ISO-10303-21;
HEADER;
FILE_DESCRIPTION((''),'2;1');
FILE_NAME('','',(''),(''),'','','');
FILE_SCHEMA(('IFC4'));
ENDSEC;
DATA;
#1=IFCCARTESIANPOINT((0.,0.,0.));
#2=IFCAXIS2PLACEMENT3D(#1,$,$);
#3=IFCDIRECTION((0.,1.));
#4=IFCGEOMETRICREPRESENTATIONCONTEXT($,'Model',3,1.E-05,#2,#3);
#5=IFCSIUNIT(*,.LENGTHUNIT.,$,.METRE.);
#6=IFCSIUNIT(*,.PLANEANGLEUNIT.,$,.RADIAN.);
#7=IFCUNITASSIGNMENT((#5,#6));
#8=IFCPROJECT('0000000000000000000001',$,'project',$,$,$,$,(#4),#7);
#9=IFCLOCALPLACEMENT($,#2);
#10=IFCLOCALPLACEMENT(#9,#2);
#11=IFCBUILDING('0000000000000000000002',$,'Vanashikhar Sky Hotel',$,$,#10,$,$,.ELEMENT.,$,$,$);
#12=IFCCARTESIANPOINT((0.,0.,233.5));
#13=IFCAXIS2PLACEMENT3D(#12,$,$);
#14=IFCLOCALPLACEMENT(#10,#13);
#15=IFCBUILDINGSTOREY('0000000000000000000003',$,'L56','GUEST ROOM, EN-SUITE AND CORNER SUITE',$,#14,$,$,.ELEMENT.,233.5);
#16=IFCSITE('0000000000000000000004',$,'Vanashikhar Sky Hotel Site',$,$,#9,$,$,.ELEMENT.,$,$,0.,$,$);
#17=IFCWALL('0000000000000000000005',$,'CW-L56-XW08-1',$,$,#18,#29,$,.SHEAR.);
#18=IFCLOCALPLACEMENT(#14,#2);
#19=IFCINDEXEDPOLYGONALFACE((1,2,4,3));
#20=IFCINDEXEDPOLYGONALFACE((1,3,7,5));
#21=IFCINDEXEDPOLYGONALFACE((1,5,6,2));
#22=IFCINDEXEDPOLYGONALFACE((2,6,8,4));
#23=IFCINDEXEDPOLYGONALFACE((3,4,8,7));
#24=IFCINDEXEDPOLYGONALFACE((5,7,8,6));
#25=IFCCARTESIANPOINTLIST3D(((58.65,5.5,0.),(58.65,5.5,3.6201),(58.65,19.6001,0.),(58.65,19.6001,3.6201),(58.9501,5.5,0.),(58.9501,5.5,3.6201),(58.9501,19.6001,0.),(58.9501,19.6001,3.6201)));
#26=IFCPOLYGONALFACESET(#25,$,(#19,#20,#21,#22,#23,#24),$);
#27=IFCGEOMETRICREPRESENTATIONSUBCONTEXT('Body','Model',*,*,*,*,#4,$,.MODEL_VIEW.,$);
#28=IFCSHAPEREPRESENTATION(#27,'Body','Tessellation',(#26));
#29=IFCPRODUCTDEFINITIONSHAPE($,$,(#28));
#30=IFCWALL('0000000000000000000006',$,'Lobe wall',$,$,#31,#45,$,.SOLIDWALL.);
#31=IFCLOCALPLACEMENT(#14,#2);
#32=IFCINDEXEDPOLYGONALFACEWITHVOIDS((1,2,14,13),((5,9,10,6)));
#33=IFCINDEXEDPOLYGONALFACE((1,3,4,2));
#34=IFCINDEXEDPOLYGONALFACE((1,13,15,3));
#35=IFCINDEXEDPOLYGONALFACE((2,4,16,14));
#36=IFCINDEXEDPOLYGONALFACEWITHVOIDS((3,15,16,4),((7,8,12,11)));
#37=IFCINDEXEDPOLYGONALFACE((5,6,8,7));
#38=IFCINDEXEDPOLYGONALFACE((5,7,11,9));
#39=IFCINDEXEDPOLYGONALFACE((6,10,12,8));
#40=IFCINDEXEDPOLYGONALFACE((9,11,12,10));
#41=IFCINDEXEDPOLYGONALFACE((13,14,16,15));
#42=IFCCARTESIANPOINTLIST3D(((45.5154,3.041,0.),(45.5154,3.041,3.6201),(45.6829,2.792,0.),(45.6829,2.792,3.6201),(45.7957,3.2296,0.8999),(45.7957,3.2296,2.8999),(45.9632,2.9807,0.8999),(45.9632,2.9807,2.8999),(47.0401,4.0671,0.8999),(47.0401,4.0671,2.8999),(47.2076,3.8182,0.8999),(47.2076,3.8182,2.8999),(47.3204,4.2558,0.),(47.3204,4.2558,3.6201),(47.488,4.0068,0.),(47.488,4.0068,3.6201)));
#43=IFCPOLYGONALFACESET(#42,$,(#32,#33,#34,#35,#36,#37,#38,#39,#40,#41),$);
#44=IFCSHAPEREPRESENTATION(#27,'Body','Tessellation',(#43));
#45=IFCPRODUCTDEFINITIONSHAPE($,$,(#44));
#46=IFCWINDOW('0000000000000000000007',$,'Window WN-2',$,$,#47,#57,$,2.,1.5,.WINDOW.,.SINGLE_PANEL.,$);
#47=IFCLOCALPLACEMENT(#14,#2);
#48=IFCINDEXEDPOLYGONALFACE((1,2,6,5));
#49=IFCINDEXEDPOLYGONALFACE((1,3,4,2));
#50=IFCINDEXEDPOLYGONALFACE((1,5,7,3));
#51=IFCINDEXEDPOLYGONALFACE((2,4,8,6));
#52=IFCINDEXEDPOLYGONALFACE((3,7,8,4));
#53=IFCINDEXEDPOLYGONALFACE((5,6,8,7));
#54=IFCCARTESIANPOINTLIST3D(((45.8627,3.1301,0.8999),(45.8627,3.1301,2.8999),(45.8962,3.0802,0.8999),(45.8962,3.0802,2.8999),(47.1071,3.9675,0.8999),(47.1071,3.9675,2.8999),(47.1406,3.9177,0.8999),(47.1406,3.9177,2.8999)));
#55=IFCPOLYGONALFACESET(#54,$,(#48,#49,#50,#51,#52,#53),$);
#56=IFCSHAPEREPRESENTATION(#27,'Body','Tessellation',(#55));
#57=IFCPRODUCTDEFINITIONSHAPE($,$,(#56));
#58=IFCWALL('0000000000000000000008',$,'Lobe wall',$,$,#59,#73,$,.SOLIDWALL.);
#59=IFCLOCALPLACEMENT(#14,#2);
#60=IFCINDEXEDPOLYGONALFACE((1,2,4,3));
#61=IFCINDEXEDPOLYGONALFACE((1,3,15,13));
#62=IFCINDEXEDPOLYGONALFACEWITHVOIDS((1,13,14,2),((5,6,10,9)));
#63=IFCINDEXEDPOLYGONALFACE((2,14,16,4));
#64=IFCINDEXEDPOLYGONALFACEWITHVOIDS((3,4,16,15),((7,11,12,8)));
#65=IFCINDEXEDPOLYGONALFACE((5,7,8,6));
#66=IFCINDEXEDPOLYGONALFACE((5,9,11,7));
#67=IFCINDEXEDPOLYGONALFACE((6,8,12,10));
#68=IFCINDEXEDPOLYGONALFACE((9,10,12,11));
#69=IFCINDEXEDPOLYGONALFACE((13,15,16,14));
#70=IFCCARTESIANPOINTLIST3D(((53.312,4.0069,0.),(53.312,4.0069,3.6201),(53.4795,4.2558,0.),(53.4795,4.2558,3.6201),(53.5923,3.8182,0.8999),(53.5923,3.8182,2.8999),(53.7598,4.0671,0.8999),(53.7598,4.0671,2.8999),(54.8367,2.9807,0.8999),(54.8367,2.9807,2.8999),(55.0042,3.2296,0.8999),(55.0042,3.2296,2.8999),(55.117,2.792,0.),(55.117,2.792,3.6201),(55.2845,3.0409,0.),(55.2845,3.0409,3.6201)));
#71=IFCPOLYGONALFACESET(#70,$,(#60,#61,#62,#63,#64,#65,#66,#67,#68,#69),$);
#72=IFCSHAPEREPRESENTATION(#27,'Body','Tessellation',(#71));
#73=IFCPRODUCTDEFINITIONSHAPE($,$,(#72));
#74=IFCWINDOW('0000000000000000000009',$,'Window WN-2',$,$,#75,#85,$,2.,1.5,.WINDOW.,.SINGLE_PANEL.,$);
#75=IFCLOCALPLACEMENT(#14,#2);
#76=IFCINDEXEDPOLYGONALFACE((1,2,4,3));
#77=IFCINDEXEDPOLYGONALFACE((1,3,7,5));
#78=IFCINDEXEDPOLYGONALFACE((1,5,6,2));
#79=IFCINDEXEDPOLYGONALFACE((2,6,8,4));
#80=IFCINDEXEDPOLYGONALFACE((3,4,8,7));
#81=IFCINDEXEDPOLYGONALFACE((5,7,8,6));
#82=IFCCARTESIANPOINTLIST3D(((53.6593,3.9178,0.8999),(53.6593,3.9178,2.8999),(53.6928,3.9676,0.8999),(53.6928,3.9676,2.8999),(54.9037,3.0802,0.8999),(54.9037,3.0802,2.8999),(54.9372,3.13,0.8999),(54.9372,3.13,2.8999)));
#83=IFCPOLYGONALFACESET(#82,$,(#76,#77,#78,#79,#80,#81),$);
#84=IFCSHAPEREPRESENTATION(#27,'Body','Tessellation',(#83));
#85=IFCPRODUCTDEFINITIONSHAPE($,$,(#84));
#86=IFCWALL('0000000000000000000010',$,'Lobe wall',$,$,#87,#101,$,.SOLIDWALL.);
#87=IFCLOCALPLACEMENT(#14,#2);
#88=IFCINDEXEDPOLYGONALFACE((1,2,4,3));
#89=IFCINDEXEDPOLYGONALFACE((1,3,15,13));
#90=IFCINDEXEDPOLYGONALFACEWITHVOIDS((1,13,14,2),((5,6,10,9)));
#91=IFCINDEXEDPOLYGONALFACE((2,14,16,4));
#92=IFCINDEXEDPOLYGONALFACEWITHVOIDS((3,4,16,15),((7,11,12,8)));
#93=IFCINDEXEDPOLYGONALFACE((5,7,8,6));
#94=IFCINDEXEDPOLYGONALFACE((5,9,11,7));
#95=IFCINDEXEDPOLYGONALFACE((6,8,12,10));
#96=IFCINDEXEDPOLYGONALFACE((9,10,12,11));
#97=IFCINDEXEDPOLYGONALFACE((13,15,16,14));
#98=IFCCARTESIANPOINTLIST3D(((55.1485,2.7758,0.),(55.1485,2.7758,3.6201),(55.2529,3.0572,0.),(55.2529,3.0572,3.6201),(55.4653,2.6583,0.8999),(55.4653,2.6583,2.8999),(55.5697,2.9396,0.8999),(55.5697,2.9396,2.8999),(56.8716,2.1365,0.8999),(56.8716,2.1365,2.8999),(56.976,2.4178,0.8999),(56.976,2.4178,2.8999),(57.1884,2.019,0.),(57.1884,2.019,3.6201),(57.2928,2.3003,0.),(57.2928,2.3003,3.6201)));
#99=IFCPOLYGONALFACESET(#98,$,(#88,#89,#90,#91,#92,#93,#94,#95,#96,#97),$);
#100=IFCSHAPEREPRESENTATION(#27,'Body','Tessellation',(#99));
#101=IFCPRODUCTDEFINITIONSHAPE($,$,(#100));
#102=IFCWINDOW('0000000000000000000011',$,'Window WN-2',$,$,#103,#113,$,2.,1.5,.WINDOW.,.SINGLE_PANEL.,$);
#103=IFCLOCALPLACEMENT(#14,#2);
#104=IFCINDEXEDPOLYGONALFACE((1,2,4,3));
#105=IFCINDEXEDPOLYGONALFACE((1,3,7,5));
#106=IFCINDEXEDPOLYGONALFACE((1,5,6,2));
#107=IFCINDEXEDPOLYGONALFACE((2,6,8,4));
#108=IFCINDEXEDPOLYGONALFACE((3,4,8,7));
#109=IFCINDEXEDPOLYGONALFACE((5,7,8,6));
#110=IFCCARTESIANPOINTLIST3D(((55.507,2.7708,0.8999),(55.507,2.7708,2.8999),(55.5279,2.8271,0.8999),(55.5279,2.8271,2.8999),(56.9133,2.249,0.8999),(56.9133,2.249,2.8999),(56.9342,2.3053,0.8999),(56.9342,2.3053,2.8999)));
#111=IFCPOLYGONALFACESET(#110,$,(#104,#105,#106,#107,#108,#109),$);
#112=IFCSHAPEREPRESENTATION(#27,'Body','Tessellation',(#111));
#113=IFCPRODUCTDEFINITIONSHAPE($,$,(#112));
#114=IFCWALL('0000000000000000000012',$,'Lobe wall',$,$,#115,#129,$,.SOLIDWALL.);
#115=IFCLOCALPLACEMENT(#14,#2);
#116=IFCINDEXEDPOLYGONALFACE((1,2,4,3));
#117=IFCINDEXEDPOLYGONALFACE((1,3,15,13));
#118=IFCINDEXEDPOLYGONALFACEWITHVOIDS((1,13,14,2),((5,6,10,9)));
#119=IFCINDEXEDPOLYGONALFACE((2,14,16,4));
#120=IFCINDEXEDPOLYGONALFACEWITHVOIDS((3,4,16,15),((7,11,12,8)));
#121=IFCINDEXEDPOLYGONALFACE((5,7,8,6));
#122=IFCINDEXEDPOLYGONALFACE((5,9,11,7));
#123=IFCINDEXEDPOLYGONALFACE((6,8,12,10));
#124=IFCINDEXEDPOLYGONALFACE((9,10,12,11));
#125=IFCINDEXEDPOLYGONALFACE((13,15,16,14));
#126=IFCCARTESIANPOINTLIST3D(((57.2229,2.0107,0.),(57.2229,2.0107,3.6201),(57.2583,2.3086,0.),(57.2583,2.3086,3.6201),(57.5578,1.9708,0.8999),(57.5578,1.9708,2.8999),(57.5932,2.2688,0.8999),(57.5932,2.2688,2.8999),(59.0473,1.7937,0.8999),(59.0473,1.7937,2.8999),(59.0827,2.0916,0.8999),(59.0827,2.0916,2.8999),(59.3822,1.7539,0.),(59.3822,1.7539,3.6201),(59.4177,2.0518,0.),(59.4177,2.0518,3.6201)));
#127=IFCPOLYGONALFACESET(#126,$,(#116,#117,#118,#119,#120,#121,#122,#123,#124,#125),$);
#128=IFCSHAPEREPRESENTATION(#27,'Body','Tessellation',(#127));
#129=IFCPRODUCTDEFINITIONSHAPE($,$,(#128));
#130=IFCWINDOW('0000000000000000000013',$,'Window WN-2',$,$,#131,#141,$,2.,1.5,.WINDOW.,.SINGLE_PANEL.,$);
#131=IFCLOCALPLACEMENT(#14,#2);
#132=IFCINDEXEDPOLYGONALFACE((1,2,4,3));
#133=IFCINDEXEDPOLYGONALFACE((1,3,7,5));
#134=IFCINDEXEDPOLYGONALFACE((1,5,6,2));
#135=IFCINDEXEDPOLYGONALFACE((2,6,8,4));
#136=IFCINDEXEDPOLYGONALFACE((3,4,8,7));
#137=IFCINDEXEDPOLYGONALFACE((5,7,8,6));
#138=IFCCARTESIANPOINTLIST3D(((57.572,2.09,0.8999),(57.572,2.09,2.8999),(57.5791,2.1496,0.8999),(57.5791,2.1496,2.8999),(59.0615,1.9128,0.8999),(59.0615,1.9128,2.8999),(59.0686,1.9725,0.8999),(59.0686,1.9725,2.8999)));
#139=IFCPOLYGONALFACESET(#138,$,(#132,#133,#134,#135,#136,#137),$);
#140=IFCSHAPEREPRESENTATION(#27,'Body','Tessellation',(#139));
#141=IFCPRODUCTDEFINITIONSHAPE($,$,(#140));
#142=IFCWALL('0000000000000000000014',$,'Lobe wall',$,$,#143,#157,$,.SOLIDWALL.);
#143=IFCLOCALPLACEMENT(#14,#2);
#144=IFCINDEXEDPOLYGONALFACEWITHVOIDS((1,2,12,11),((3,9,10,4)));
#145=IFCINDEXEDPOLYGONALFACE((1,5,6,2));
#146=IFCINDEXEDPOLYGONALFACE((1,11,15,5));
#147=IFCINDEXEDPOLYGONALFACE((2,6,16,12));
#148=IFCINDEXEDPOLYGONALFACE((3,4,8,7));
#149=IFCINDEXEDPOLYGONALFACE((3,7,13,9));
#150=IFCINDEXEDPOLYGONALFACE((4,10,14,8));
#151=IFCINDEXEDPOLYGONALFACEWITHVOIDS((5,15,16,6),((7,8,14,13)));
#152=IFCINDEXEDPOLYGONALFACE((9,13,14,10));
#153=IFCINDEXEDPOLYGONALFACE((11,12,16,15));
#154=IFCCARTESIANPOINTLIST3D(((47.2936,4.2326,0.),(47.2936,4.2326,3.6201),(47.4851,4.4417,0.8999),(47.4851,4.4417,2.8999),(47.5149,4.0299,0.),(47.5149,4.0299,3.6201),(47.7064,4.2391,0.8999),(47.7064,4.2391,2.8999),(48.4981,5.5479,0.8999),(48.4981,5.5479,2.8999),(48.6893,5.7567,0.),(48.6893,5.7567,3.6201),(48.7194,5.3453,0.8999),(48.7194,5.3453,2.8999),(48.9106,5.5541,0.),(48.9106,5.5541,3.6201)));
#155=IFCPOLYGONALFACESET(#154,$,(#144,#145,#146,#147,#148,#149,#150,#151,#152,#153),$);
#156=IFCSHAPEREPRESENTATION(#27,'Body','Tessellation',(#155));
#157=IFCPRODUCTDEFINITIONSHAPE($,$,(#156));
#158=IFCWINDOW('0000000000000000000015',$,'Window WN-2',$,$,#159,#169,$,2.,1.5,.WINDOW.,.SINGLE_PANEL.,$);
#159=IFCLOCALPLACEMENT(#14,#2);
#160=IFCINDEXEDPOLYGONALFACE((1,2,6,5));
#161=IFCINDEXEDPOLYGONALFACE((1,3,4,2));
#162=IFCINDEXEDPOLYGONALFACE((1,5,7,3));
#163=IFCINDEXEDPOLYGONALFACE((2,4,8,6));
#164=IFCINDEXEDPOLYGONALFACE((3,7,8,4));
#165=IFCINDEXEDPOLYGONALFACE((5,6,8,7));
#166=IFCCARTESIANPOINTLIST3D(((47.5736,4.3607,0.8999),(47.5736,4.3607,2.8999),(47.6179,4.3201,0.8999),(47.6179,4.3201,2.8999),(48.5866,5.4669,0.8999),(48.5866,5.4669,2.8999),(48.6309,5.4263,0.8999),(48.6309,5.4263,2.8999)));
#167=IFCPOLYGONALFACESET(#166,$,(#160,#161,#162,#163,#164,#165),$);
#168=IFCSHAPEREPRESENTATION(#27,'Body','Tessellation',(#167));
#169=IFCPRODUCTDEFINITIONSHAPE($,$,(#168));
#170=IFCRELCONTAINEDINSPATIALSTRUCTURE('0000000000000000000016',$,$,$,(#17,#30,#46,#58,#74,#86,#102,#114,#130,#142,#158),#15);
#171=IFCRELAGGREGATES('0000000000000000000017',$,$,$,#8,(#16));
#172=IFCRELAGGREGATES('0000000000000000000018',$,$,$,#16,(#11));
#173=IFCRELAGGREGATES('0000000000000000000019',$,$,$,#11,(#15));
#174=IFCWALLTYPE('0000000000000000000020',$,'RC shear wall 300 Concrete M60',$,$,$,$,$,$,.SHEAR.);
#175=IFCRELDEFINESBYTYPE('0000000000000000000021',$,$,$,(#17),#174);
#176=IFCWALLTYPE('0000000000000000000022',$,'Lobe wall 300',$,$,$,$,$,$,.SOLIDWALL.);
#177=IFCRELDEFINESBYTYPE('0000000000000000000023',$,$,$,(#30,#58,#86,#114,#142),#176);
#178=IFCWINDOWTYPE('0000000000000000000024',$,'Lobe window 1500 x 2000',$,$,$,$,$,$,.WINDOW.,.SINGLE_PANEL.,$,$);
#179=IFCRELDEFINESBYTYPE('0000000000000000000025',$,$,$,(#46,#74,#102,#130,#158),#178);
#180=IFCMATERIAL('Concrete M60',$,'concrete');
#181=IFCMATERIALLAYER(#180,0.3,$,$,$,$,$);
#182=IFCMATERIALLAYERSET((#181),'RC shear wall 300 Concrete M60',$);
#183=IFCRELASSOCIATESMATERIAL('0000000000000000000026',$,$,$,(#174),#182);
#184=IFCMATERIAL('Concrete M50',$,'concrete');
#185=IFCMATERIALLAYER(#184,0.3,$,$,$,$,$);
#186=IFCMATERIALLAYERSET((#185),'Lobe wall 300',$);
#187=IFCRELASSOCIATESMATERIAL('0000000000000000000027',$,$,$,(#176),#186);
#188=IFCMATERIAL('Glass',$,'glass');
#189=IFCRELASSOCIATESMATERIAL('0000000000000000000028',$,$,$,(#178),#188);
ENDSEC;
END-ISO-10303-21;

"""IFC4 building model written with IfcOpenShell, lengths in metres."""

from ifc_helpers import new_model, si_unit, direction, frame, frame_2d, origin, place, context, subcontext, project, spatial, rectangle, extrude, source, transform, mapped, material, layer, layer_set, type_object, element, fill, save


model = new_model("IFC4")

# Units and contexts
model_context = context("Model", 3, precision=1e-05, world=origin(), true_north=direction((0.0, 1.0)))
body_context = subcontext(model_context, "Body", "Model", "MODEL_VIEW")
ifc_project = project(units=[si_unit("LENGTHUNIT", "METRE"), si_unit("PLANEANGLEUNIT", "RADIAN")], contexts=[model_context])

# Site, building, storey
site_placement = place(None, origin())
site = spatial("IfcSite", under=ifc_project, at=site_placement, Name="Vanashikhar Sky Hotel Site", CompositionType="ELEMENT", RefElevation=0.0)
building_placement = place(site_placement, origin())
building = spatial("IfcBuilding", under=site, at=building_placement, Name="Vanashikhar Sky Hotel", CompositionType="ELEMENT")
storey_placement = place(building_placement, frame((0.0, 0.0, 233.5)))
storey = spatial("IfcBuildingStorey", under=building, at=storey_placement, Name="L56", Description="GUEST ROOM, EN-SUITE AND CORNER SUITE", CompositionType="ELEMENT", Elevation=233.5)

# Wall
ifc_material_1 = material(Name="Concrete M60", Category="concrete")
ifc_layer_1 = layer(ifc_material_1, 0.3)
ifc_layer_set_1 = layer_set([ifc_layer_1], Name="RC shear wall 300 Concrete M60")
wall_type_1 = type_object("IfcWallType", Name="RC shear wall 300 Concrete M60", PredefinedType="SHEAR", material=ifc_layer_set_1)
shared_shape_1 = source(origin(), body_context, "Body", "SweptSolid", [
    extrude(rectangle(XDim=14.1001, YDim=0.3, at=frame_2d((7.05, 0.0))), origin(), (0.0, 0.0, 1.0), 3.6201),
])
wall_1_placement = place(storey_placement, frame((58.8, 5.5, 0.0), z_axis=(0.0, 0.0, 1.0), x_axis=(0.0, 1.0, 0.0)))
element("IfcWall", 1, at=wall_1_placement, inside=storey, type_object=wall_type_1, Name="CW-L56-XW08-1", PredefinedType="SHEAR", context=body_context, shape_type="MappedRepresentation", body=[
    mapped(shared_shape_1, transform((0.0, 0.0, 0.0), scale=1.0)),
])

# Walls, openings, windows
ifc_material_2 = material(Name="Concrete M50", Category="concrete")
ifc_layer_2 = layer(ifc_material_2, 0.3)
ifc_layer_set_2 = layer_set([ifc_layer_2], Name="Lobe wall 300")
wall_type_2 = type_object("IfcWallType", Name="Lobe wall 300", PredefinedType="SOLIDWALL", material=ifc_layer_set_2)
shared_shape_2 = source(origin(), body_context, "Body", "SweptSolid", [
    extrude(rectangle(XDim=2.1758, YDim=0.3, at=frame_2d((1.0879, 0.0))), origin(), (0.0, 0.0, 1.0), 3.6201),
])
wall_2_placement = place(storey_placement, frame((45.5991, 2.9165, 0.0), z_axis=(0.0, 0.0, 1.0), x_axis=(0.829626, 0.55832, 0.0)))
wall_2 = element("IfcWall", 2, at=wall_2_placement, inside=storey, type_object=wall_type_2, Name="Lobe wall", PredefinedType="SOLIDWALL", context=body_context, shape_type="MappedRepresentation", body=[
    mapped(shared_shape_2, transform((0.0, 0.0, 0.0), scale=1.0)),
])
shared_shape_3 = source(origin(), body_context, "Body", "SweptSolid", [
    extrude(rectangle(XDim=1.5, YDim=2.0, at=frame_2d((0.75, 1.0))), frame((0.0, 0.1602, 0.0), z_axis=(0.0, -1.0, 0.0), x_axis=(1.0, 0.0, 0.0)), (0.0, 0.0, 1.0), 0.3201),
])
opening_1_placement = place(wall_2_placement, frame((0.3379, 0.0, 0.8999)))
opening_1 = element("IfcOpeningElement", 3, at=opening_1_placement, cuts=wall_2, PredefinedType="OPENING", context=body_context, shape_type="MappedRepresentation", body=[
    mapped(shared_shape_3, transform((0.0, 0.0, 0.0), scale=1.0)),
])
ifc_material_3 = material(Name="Glass", Category="glass")
window_type = type_object("IfcWindowType", Name="Lobe window 1500 x 2000", PartitioningType="SINGLE_PANEL", PredefinedType="WINDOW", material=ifc_material_3)
shared_shape_4 = source(origin(), body_context, "Body", "SweptSolid", [
    extrude(rectangle(XDim=1.5, YDim=2.0, at=frame_2d((0.75, 1.0))), frame((0.0, 0.03, 0.0), z_axis=(0.0, -1.0, 0.0), x_axis=(1.0, 0.0, 0.0)), (0.0, 0.0, 1.0), 0.0601),
])
window_1_placement = place(opening_1_placement, origin())
window_1 = element("IfcWindow", 4, at=window_1_placement, inside=storey, type_object=window_type, Name="Window WN-2", OverallHeight=2.0, OverallWidth=1.5, PartitioningType="SINGLE_PANEL", PredefinedType="WINDOW", context=body_context, shape_type="MappedRepresentation", body=[
    mapped(shared_shape_4, transform((0.0, 0.0, 0.0), scale=1.0)),
])
fill(opening_1, window_1)
wall_3_placement = place(storey_placement, frame((53.3958, 4.1313, 0.0), z_axis=(0.0, 0.0, 1.0), x_axis=(0.829591, -0.558372, 0.0)))
wall_3 = element("IfcWall", 5, at=wall_3_placement, inside=storey, type_object=wall_type_2, Name="Lobe wall", PredefinedType="SOLIDWALL", context=body_context, shape_type="MappedRepresentation", body=[
    mapped(shared_shape_2, transform((0.0, 0.0, 0.0), scale=1.0)),
])
opening_2_placement = place(wall_3_placement, frame((0.3379, 0.0, 0.8999)))
opening_2 = element("IfcOpeningElement", 6, at=opening_2_placement, cuts=wall_3, PredefinedType="OPENING", context=body_context, shape_type="MappedRepresentation", body=[
    mapped(shared_shape_3, transform((0.0, 0.0, 0.0), scale=1.0)),
])
window_2_placement = place(opening_2_placement, origin())
window_2 = element("IfcWindow", 7, at=window_2_placement, inside=storey, type_object=window_type, Name="Window WN-2", OverallHeight=2.0, OverallWidth=1.5, PartitioningType="SINGLE_PANEL", PredefinedType="WINDOW", context=body_context, shape_type="MappedRepresentation", body=[
    mapped(shared_shape_4, transform((0.0, 0.0, 0.0), scale=1.0)),
])
fill(opening_2, window_2)
wall_4_placement = place(storey_placement, frame((55.2007, 2.9165, 0.0), z_axis=(0.0, 0.0, 1.0), x_axis=(0.937546, -0.347863, 0.0)))
wall_4 = element("IfcWall", 8, at=wall_4_placement, inside=storey, type_object=wall_type_2, Name="Lobe wall", PredefinedType="SOLIDWALL", context=body_context, shape_type="MappedRepresentation", body=[
    mapped(shared_shape_2, transform((0.0, 0.0, 0.0), scale=1.0)),
])
opening_3_placement = place(wall_4_placement, frame((0.3379, 0.0, 0.8999)))
opening_3 = element("IfcOpeningElement", 9, at=opening_3_placement, cuts=wall_4, PredefinedType="OPENING", context=body_context, shape_type="MappedRepresentation", body=[
    mapped(shared_shape_3, transform((0.0, 0.0, 0.0), scale=1.0)),
])
window_3_placement = place(opening_3_placement, origin())
window_3 = element("IfcWindow", 10, at=window_3_placement, inside=storey, type_object=window_type, Name="Window WN-2", OverallHeight=2.0, OverallWidth=1.5, PartitioningType="SINGLE_PANEL", PredefinedType="WINDOW", context=body_context, shape_type="MappedRepresentation", body=[
    mapped(shared_shape_4, transform((0.0, 0.0, 0.0), scale=1.0)),
])
fill(opening_3, window_3)
shared_shape_5 = source(origin(), body_context, "Body", "SweptSolid", [
    extrude(rectangle(XDim=2.1746, YDim=0.3, at=frame_2d((1.0874, 0.0))), origin(), (0.0, 0.0, 1.0), 3.6201),
])
wall_5_placement = place(storey_placement, frame((57.2405, 2.1597, 0.0), z_axis=(0.0, 0.0, 1.0), x_axis=(0.993001, -0.118105, 0.0)))
wall_5 = element("IfcWall", 11, at=wall_5_placement, inside=storey, type_object=wall_type_2, Name="Lobe wall", PredefinedType="SOLIDWALL", context=body_context, shape_type="MappedRepresentation", body=[
    mapped(shared_shape_5, transform((0.0, 0.0, 0.0), scale=1.0)),
])
opening_4_placement = place(wall_5_placement, frame((0.3374, 0.0, 0.8999)))
opening_4 = element("IfcOpeningElement", 12, at=opening_4_placement, cuts=wall_5, PredefinedType="OPENING", context=body_context, shape_type="MappedRepresentation", body=[
    mapped(shared_shape_3, transform((0.0, 0.0, 0.0), scale=1.0)),
])
window_4_placement = place(opening_4_placement, origin())
window_4 = element("IfcWindow", 13, at=window_4_placement, inside=storey, type_object=window_type, Name="Window WN-2", OverallHeight=2.0, OverallWidth=1.5, PartitioningType="SINGLE_PANEL", PredefinedType="WINDOW", context=body_context, shape_type="MappedRepresentation", body=[
    mapped(shared_shape_4, transform((0.0, 0.0, 0.0), scale=1.0)),
])
fill(opening_4, window_4)
shared_shape_6 = source(origin(), body_context, "Body", "SweptSolid", [
    extrude(rectangle(XDim=2.0667, YDim=0.3, at=frame_2d((1.0332, 0.0))), origin(), (0.0, 0.0, 1.0), 3.6201),
])
wall_6_placement = place(storey_placement, frame((47.4043, 4.1313, 0.0), z_axis=(0.0, 0.0, 1.0), x_axis=(0.675355, 0.737492, 0.0)))
wall_6 = element("IfcWall", 14, at=wall_6_placement, inside=storey, type_object=wall_type_2, Name="Lobe wall", PredefinedType="SOLIDWALL", context=body_context, shape_type="MappedRepresentation", body=[
    mapped(shared_shape_6, transform((0.0, 0.0, 0.0), scale=1.0)),
])
opening_5_placement = place(wall_6_placement, frame((0.2834, 0.0, 0.8999)))
opening_5 = element("IfcOpeningElement", 15, at=opening_5_placement, cuts=wall_6, PredefinedType="OPENING", context=body_context, shape_type="MappedRepresentation", body=[
    mapped(shared_shape_3, transform((0.0, 0.0, 0.0), scale=1.0)),
])
window_5_placement = place(opening_5_placement, origin())
window_5 = element("IfcWindow", 16, at=window_5_placement, inside=storey, type_object=window_type, Name="Window WN-2", OverallHeight=2.0, OverallWidth=1.5, PartitioningType="SINGLE_PANEL", PredefinedType="WINDOW", context=body_context, shape_type="MappedRepresentation", body=[
    mapped(shared_shape_4, transform((0.0, 0.0, 0.0), scale=1.0)),
])
fill(opening_5, window_5)

save(model, "model.ifc")
